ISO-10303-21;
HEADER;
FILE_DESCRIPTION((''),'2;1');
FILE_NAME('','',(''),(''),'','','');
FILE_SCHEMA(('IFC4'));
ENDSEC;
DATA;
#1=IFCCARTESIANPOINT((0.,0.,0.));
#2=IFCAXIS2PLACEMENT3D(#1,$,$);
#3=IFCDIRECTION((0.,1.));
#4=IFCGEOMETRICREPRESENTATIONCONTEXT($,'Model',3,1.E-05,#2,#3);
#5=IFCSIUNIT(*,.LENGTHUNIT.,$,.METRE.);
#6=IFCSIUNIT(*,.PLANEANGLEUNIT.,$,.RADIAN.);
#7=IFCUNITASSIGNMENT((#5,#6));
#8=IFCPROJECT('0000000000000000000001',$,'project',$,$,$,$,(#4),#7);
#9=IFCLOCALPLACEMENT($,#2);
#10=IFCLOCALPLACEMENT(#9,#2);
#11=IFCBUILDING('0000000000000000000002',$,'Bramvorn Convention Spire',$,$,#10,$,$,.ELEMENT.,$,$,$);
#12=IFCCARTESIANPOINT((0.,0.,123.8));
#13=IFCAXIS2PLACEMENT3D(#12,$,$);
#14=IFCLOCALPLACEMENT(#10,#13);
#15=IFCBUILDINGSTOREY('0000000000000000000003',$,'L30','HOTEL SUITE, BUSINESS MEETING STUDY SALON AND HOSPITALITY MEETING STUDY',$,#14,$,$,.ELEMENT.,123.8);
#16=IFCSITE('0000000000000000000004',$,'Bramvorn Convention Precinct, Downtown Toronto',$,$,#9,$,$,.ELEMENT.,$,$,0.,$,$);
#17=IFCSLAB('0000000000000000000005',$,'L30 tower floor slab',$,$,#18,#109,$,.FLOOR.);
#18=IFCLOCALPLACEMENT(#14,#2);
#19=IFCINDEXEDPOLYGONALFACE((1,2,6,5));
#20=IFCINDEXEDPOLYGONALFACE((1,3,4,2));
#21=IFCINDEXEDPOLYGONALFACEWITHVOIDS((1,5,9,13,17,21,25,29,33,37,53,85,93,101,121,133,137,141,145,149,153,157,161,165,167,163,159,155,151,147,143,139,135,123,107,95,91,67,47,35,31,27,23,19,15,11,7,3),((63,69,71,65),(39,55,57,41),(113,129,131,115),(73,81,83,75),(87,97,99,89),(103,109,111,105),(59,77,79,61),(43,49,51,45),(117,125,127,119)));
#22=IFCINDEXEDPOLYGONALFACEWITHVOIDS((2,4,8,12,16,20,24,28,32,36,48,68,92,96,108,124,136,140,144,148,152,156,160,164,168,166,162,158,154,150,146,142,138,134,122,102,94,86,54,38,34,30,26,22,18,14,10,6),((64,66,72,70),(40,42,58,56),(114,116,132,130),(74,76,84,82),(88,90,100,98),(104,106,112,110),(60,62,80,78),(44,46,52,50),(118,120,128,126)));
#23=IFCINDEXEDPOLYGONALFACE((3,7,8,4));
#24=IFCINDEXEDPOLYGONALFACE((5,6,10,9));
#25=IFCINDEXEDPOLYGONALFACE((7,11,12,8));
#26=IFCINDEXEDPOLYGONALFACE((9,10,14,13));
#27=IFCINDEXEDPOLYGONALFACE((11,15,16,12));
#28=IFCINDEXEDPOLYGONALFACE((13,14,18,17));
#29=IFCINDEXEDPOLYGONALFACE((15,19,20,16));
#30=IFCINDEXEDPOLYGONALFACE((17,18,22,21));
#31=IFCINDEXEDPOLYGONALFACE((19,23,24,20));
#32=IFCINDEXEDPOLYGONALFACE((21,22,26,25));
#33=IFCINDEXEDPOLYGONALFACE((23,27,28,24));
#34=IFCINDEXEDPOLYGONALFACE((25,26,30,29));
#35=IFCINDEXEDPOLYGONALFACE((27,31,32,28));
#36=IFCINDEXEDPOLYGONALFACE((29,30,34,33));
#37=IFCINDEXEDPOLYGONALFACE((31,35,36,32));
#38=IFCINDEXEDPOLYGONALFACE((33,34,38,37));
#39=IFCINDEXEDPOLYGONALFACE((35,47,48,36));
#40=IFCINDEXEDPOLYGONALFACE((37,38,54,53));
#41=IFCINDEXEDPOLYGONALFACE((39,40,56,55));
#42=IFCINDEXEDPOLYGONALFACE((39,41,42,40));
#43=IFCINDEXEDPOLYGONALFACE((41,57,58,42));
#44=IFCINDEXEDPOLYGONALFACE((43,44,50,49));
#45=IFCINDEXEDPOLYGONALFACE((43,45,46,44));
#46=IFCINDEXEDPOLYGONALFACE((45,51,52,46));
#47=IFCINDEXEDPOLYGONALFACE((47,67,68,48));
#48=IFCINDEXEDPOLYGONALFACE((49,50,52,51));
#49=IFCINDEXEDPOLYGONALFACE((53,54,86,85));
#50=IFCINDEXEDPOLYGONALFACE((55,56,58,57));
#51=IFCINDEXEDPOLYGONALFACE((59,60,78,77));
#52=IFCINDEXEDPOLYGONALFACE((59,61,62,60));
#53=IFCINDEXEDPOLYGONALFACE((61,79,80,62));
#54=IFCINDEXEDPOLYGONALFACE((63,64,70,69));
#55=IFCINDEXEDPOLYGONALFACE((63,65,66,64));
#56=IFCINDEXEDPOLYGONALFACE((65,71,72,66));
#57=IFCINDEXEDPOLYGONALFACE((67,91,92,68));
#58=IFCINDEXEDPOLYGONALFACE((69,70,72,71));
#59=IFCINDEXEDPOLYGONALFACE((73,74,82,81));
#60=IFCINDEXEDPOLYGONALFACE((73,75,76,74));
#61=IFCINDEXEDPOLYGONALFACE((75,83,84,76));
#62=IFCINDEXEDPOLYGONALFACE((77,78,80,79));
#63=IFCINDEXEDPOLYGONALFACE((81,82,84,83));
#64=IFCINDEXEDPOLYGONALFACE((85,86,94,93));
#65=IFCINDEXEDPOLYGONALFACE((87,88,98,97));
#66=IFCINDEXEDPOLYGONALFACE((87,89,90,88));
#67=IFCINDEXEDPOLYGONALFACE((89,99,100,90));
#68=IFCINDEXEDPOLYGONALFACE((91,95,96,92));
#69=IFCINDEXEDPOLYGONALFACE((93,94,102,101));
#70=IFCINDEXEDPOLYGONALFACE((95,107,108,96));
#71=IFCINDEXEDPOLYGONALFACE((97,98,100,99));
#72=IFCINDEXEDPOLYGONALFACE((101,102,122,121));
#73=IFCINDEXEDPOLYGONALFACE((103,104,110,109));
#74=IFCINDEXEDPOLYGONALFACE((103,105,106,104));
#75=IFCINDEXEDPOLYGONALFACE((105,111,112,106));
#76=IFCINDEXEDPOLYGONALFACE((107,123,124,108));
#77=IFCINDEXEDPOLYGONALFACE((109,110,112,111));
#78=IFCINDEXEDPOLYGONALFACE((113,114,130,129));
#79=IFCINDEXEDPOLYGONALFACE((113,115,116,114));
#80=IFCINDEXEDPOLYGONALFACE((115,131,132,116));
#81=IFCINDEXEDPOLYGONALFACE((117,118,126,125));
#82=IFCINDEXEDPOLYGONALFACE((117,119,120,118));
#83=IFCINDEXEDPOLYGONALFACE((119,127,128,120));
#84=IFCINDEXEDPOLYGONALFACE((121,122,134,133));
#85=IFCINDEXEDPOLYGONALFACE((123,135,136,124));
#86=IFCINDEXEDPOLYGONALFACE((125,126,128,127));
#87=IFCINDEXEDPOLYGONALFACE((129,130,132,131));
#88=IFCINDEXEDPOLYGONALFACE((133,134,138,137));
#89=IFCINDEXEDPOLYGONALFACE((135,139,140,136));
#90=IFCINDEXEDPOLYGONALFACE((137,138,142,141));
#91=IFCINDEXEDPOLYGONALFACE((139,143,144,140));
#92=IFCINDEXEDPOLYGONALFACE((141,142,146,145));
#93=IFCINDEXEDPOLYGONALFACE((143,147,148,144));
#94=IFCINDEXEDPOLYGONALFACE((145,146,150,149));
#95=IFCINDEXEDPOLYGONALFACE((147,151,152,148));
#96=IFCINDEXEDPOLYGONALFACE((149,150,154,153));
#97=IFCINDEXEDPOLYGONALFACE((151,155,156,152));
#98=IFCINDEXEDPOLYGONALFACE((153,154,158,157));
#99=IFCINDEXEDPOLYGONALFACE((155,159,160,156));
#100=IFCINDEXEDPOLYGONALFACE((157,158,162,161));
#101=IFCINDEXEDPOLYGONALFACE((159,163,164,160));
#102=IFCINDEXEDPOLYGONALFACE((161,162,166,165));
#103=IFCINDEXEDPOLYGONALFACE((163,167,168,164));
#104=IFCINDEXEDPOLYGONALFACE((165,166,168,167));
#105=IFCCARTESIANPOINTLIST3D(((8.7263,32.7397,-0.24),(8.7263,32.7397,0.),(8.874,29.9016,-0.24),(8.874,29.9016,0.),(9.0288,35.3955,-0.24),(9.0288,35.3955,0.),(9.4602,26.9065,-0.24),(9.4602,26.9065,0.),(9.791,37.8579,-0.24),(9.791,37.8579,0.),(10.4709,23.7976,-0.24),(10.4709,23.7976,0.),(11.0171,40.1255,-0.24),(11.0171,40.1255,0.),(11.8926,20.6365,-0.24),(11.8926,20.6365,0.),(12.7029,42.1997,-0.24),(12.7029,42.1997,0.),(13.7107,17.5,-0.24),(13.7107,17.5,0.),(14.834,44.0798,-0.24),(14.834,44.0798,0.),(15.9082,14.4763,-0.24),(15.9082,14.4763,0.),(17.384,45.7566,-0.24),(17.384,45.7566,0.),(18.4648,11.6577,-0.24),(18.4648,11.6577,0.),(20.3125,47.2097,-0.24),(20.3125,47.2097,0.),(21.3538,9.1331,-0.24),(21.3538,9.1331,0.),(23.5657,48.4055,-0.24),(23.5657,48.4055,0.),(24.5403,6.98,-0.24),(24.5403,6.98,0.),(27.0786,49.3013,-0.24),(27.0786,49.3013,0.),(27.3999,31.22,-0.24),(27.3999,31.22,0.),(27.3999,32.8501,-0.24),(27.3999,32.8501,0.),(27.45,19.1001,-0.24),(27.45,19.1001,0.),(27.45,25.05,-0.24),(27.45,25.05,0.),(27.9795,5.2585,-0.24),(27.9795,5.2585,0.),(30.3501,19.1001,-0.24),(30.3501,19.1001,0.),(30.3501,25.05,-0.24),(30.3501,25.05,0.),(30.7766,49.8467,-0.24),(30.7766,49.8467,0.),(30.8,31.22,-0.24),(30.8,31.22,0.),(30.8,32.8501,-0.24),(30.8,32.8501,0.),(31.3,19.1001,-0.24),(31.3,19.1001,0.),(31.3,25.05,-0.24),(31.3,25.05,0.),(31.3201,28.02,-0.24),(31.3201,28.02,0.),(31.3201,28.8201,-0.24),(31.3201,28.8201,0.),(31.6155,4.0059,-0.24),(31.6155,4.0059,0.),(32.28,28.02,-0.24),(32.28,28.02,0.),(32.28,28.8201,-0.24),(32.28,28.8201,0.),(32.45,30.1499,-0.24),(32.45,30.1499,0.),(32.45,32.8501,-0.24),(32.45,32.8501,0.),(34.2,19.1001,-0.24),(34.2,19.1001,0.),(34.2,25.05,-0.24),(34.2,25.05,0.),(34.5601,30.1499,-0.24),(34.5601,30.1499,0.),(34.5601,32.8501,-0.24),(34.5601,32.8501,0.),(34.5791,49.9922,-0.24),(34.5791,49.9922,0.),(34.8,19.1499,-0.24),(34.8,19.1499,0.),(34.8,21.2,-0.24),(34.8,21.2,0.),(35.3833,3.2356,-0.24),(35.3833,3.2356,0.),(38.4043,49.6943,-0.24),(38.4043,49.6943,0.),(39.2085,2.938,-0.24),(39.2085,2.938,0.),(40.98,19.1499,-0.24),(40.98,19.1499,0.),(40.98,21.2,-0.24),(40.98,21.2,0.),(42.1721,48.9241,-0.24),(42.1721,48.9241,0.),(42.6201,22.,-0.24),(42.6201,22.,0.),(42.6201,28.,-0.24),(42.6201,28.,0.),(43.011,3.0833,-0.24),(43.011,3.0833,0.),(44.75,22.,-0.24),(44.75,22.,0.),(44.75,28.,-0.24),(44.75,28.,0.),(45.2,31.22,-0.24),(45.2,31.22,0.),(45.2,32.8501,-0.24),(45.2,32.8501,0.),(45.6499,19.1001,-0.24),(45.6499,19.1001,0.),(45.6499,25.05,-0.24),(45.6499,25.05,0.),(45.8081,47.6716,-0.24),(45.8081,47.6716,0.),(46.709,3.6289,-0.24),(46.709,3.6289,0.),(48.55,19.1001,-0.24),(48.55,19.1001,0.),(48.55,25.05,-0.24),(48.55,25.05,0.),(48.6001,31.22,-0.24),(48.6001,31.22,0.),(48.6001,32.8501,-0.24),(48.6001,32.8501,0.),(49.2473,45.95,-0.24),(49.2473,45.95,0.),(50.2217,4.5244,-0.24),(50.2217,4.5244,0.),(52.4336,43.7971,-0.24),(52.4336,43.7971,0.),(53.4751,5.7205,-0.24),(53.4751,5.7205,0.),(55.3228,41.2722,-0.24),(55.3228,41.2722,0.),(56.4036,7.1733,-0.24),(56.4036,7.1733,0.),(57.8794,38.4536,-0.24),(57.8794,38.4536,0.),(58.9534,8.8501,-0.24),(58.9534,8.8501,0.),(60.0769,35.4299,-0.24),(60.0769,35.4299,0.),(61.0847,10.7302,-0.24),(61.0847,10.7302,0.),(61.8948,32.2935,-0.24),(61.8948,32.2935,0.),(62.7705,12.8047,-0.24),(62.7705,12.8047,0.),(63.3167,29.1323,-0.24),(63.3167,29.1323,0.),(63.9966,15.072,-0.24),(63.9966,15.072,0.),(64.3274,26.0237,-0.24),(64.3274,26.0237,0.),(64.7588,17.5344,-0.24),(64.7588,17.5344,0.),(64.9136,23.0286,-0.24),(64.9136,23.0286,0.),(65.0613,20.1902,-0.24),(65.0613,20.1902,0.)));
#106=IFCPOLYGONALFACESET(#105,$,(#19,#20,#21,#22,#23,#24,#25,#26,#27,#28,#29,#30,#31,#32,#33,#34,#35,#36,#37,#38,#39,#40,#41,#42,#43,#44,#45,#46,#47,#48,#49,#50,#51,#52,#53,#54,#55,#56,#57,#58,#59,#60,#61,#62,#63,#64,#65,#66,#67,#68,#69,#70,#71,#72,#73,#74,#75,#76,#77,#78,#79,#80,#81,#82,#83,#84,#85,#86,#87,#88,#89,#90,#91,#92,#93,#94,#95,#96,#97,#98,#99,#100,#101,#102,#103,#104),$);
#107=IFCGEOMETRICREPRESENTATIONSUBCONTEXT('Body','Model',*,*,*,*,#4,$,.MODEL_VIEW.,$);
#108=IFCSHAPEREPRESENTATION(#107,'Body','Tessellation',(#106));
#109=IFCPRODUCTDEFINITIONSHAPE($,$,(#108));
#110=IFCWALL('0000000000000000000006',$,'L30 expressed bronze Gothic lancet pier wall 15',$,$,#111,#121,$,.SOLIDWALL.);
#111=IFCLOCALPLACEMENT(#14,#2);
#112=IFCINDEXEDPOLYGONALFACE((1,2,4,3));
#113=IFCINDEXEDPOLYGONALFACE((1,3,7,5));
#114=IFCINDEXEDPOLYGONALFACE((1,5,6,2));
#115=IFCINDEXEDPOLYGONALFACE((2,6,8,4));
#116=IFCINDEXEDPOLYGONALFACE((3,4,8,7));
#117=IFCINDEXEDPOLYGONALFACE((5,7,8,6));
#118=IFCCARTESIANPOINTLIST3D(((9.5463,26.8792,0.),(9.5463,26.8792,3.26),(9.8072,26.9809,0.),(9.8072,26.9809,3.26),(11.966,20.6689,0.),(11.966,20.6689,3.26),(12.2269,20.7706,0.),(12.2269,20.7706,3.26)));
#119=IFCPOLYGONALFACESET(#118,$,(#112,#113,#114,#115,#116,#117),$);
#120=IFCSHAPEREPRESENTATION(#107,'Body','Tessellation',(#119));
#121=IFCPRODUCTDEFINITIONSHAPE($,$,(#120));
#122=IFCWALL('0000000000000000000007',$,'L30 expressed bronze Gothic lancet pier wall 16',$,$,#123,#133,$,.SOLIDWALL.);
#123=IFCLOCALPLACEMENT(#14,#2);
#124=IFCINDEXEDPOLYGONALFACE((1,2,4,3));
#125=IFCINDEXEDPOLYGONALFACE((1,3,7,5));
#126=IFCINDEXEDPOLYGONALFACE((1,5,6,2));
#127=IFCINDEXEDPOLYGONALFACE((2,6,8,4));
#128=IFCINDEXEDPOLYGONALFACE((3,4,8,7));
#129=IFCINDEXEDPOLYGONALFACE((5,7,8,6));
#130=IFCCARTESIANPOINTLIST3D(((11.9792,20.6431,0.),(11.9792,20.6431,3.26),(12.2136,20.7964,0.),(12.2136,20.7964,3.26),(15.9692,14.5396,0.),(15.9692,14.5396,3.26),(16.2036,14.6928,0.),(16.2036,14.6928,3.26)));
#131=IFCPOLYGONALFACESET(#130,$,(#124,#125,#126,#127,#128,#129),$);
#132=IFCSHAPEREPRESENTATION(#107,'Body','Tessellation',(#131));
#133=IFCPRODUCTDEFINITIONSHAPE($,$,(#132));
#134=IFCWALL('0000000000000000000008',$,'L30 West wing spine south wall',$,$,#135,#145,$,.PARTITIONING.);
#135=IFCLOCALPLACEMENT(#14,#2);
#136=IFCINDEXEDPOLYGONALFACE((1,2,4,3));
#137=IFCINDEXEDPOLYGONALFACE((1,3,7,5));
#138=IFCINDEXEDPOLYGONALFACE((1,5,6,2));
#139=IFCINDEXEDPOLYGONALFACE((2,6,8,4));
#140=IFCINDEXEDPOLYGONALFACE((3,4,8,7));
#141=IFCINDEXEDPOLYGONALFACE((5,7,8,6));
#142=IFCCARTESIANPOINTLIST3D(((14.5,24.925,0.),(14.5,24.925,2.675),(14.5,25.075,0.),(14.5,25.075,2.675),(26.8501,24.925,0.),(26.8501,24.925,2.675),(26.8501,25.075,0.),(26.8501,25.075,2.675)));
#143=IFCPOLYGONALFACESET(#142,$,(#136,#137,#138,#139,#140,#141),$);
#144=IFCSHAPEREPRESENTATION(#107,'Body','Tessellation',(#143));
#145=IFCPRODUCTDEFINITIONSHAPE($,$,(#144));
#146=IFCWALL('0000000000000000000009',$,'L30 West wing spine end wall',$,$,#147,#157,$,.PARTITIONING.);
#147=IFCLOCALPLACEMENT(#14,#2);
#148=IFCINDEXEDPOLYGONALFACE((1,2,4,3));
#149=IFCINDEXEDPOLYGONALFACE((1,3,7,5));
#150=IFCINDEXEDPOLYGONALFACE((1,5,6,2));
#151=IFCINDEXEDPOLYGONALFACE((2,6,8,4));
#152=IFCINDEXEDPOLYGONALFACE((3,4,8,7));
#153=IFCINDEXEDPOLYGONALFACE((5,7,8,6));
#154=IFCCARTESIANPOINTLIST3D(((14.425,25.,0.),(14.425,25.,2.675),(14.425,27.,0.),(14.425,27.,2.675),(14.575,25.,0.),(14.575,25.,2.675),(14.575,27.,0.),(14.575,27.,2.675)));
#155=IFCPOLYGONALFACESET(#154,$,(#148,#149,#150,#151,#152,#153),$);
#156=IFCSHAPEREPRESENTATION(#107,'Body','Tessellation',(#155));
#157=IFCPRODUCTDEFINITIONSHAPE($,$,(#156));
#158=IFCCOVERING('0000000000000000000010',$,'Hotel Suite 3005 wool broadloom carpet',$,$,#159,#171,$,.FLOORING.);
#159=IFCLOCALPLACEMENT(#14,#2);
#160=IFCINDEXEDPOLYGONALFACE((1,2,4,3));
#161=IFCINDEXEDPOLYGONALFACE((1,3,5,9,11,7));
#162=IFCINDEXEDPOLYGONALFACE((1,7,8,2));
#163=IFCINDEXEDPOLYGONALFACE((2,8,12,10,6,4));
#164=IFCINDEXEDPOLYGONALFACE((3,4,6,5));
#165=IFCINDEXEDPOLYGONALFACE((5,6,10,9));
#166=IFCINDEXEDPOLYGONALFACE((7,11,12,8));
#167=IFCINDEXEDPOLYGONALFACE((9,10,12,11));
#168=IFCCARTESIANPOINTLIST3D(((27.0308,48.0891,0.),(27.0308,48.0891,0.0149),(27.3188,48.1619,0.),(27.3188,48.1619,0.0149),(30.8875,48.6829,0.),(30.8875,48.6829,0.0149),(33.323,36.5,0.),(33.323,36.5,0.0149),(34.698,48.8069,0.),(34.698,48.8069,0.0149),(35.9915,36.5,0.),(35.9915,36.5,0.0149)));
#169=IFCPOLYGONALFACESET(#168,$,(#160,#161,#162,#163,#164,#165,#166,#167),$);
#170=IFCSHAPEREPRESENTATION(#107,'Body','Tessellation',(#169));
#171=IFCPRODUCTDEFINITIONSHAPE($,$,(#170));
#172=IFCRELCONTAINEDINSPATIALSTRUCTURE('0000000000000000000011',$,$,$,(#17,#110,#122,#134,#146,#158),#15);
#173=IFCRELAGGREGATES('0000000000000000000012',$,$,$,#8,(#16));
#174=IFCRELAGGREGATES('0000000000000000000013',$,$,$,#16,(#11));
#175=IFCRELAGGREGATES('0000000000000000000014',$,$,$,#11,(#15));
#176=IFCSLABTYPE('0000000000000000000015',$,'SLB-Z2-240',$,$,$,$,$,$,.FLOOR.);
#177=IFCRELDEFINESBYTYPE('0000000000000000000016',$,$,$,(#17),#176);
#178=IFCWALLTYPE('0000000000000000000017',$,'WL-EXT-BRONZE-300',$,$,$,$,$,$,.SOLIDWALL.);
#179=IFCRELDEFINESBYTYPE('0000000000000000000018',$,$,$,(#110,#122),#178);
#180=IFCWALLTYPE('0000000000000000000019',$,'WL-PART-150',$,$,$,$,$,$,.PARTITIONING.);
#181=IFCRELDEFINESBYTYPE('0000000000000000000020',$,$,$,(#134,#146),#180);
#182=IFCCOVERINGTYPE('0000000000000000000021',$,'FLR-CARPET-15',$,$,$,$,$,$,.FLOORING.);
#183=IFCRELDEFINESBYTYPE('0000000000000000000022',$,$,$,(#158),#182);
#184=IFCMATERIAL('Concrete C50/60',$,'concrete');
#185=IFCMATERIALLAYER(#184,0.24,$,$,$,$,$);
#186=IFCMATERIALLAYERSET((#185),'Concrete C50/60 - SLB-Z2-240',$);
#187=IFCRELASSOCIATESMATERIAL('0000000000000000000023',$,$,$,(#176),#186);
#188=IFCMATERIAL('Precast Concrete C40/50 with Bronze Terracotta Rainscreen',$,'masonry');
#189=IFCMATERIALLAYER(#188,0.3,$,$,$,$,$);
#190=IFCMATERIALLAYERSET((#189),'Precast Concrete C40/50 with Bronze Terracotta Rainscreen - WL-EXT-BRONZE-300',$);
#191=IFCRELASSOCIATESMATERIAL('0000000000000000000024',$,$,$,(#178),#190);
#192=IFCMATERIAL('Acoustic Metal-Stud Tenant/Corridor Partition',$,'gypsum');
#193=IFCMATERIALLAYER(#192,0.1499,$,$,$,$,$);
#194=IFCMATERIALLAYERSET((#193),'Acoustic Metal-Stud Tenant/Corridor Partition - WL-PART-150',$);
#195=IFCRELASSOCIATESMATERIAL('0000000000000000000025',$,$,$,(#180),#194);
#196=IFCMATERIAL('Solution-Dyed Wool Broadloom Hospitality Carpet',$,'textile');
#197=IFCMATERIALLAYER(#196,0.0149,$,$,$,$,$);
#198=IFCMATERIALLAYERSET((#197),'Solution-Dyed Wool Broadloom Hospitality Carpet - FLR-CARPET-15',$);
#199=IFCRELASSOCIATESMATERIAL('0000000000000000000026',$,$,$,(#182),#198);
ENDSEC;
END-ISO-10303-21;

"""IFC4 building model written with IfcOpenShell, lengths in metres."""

from ifc_helpers import new_model, si_unit, direction, frame, frame_2d, origin, place, context, subcontext, project, spatial, polyline, rectangle, outline, extrude, material, layer, layer_set, type_object, element, save


model = new_model("IFC4")

# Units and contexts
model_context = context("Model", 3, precision=1e-05, world=origin(), true_north=direction((0.0, 1.0)))
body_context = subcontext(model_context, "Body", "Model", "MODEL_VIEW")
ifc_project = project(units=[si_unit("LENGTHUNIT", "METRE"), si_unit("PLANEANGLEUNIT", "RADIAN")], contexts=[model_context])

# Site, building, storey
site_placement = place(None, origin())
site = spatial("IfcSite", under=ifc_project, at=site_placement, Name="Bramvorn Convention Precinct, Downtown Toronto", CompositionType="ELEMENT", RefElevation=0.0)
building_placement = place(site_placement, origin())
building = spatial("IfcBuilding", under=site, at=building_placement, Name="Bramvorn Convention Spire", CompositionType="ELEMENT")
storey_placement = place(building_placement, frame((0.0, 0.0, 123.8)))
storey = spatial("IfcBuildingStorey", under=building, at=storey_placement, Name="L30", Description="HOTEL SUITE, BUSINESS MEETING STUDY SALON AND HOSPITALITY MEETING STUDY", CompositionType="ELEMENT", Elevation=123.8)

# Slab
ifc_material_1 = material(Name="Concrete C50/60", Category="concrete")
ifc_layer_1 = layer(ifc_material_1, 0.24)
ifc_layer_set_1 = layer_set([ifc_layer_1], Name="Concrete C50/60 - SLB-Z2-240")
slab_type_1 = type_object("IfcSlabType", Name="SLB-Z2-240", PredefinedType="FLOOR", material=ifc_layer_set_1)
slab_1_placement = place(storey_placement, frame((0.0, 0.0, -0.24)))
element("IfcSlab", 1, at=slab_1_placement, inside=storey, type_object=slab_type_1, Name="L30 tower floor slab", PredefinedType="FLOOR", context=body_context, shape_type="SweptSolid", body=[
    extrude(outline(polyline([(63.9966, 15.072), (64.7588, 17.5344), (65.0613, 20.1902), (64.9136, 23.0286), (64.3274, 26.0237), (63.3167, 29.1323), (61.8948, 32.2935), (60.0769, 35.4299), (57.8794, 38.4536), (55.3228, 41.2722), (52.4336, 43.7971), (49.2473, 45.95), (45.8081, 47.6716), (42.1721, 48.9241), (38.4043, 49.6943), (34.5791, 49.9922), (30.7766, 49.8467), (27.0786, 49.3013), (23.5657, 48.4055), (20.3125, 47.2097), (17.384, 45.7566), (14.834, 44.0798), (12.7029, 42.1997), (11.0171, 40.1255), (9.791, 37.8579), (9.0288, 35.3955), (8.7263, 32.7397), (8.874, 29.9016), (9.4602, 26.9065), (10.4709, 23.7976), (11.8926, 20.6365), (13.7107, 17.5), (15.9082, 14.4763), (18.4648, 11.6577), (21.3538, 9.1331), (24.5403, 6.98), (27.9795, 5.2585), (31.6155, 4.0059), (35.3833, 3.2356), (39.2085, 2.938), (43.011, 3.0833), (46.709, 3.6289), (50.2217, 4.5244), (53.4751, 5.7205), (56.4036, 7.1733), (58.9534, 8.8501), (61.0847, 10.7302), (62.7705, 12.8047), (63.9966, 15.072)]), holes=[polyline([(27.45, 25.05), (27.45, 19.1001), (30.3501, 19.1001), (30.3501, 25.05), (27.45, 25.05)]), polyline([(45.6499, 25.05), (45.6499, 19.1001), (48.55, 19.1001), (48.55, 25.05), (45.6499, 25.05)]), polyline([(31.3, 25.05), (31.3, 19.1001), (34.2, 19.1001), (34.2, 25.05), (31.3, 25.05)]), polyline([(27.3999, 31.22), (30.8, 31.22), (30.8, 32.8501), (27.3999, 32.8501), (27.3999, 31.22)]), polyline([(45.2, 31.22), (48.6001, 31.22), (48.6001, 32.8501), (45.2, 32.8501), (45.2, 31.22)]), polyline([(32.45, 30.1499), (34.5601, 30.1499), (34.5601, 32.8501), (32.45, 32.8501), (32.45, 30.1499)]), polyline([(34.8, 19.1499), (40.98, 19.1499), (40.98, 21.2), (34.8, 21.2), (34.8, 19.1499)]), polyline([(42.6201, 22.0), (44.75, 22.0), (44.75, 28.0), (42.6201, 28.0), (42.6201, 22.0)]), polyline([(31.3201, 28.02), (32.28, 28.02), (32.28, 28.8201), (31.3201, 28.8201), (31.3201, 28.02)])]), origin(), (0.0, 0.0, 1.0), 0.24),
])

# Walls
ifc_material_2 = material(Name="Precast Concrete C40/50 with Bronze Terracotta Rainscreen", Category="masonry")
ifc_layer_2 = layer(ifc_material_2, 0.3)
ifc_layer_set_2 = layer_set([ifc_layer_2], Name="Precast Concrete C40/50 with Bronze Terracotta Rainscreen - WL-EXT-BRONZE-300")
wall_type_1 = type_object("IfcWallType", Name="WL-EXT-BRONZE-300", PredefinedType="SOLIDWALL", material=ifc_layer_set_2)
wall_1_placement = place(storey_placement, frame((12.0964, 20.7197, 0.0), z_axis=(0.0, 0.0, 1.0), x_axis=(-0.363045, 0.931771, 0.0)))
element("IfcWall", 2, at=wall_1_placement, inside=storey, type_object=wall_type_1, Name="L30 expressed bronze Gothic lancet pier wall 15", PredefinedType="SOLIDWALL", context=body_context, shape_type="SweptSolid", body=[
    extrude(rectangle(XDim=6.665, YDim=0.28, at=frame_2d((3.3325, 0.0))), origin(), (0.0, 0.0, 1.0), 3.26),
])
wall_2_placement = place(storey_placement, frame((16.0864, 14.6162, 0.0), z_axis=(0.0, 0.0, 1.0), x_axis=(-0.547175, 0.837018, 0.0)))
element("IfcWall", 3, at=wall_2_placement, inside=storey, type_object=wall_type_1, Name="L30 expressed bronze Gothic lancet pier wall 16", PredefinedType="SOLIDWALL", context=body_context, shape_type="SweptSolid", body=[
    extrude(rectangle(XDim=7.292, YDim=0.28, at=frame_2d((3.646, 0.0))), origin(), (0.0, 0.0, 1.0), 3.26),
])
ifc_material_3 = material(Name="Acoustic Metal-Stud Tenant/Corridor Partition", Category="gypsum")
ifc_layer_3 = layer(ifc_material_3, 0.1499)
ifc_layer_set_3 = layer_set([ifc_layer_3], Name="Acoustic Metal-Stud Tenant/Corridor Partition - WL-PART-150")
wall_type_2 = type_object("IfcWallType", Name="WL-PART-150", PredefinedType="PARTITIONING", material=ifc_layer_set_3)
wall_3_placement = place(storey_placement, frame((14.5, 25.0, 0.0), z_axis=(0.0, 0.0, 1.0), x_axis=(1.0, 0.0, 0.0)))
element("IfcWall", 4, at=wall_3_placement, inside=storey, type_object=wall_type_2, Name="L30 West wing spine south wall", PredefinedType="PARTITIONING", context=body_context, shape_type="SweptSolid", body=[
    extrude(rectangle(XDim=12.3501, YDim=0.1499, at=frame_2d((6.175, 0.0))), origin(), (0.0, 0.0, 1.0), 2.675),
])
wall_4_placement = place(storey_placement, frame((14.5, 25.0, 0.0), z_axis=(0.0, 0.0, 1.0), x_axis=(0.0, 1.0, 0.0)))
element("IfcWall", 5, at=wall_4_placement, inside=storey, type_object=wall_type_2, Name="L30 West wing spine end wall", PredefinedType="PARTITIONING", context=body_context, shape_type="SweptSolid", body=[
    extrude(rectangle(XDim=2.0, YDim=0.1499, at=frame_2d((1.0, 0.0))), origin(), (0.0, 0.0, 1.0), 2.675),
])

# Covering
ifc_material_4 = material(Name="Solution-Dyed Wool Broadloom Hospitality Carpet", Category="textile")
ifc_layer_4 = layer(ifc_material_4, 0.0149)
ifc_layer_set_4 = layer_set([ifc_layer_4], Name="Solution-Dyed Wool Broadloom Hospitality Carpet - FLR-CARPET-15")
covering_type = type_object("IfcCoveringType", Name="FLR-CARPET-15", PredefinedType="FLOORING", material=ifc_layer_set_4)
covering_1_placement = place(storey_placement, origin())
element("IfcCovering", 6, at=covering_1_placement, inside=storey, type_object=covering_type, Name="Hotel Suite 3005 wool broadloom carpet", PredefinedType="FLOORING", context=body_context, shape_type="SweptSolid", body=[
    extrude(outline(polyline([(27.3188, 48.1619), (27.0308, 48.0891), (33.323, 36.5), (35.9915, 36.5), (34.698, 48.8069), (30.8875, 48.6829), (27.3188, 48.1619)])), origin(), (0.0, 0.0, 1.0), 0.0149),
])

save(model, "model.ifc")
